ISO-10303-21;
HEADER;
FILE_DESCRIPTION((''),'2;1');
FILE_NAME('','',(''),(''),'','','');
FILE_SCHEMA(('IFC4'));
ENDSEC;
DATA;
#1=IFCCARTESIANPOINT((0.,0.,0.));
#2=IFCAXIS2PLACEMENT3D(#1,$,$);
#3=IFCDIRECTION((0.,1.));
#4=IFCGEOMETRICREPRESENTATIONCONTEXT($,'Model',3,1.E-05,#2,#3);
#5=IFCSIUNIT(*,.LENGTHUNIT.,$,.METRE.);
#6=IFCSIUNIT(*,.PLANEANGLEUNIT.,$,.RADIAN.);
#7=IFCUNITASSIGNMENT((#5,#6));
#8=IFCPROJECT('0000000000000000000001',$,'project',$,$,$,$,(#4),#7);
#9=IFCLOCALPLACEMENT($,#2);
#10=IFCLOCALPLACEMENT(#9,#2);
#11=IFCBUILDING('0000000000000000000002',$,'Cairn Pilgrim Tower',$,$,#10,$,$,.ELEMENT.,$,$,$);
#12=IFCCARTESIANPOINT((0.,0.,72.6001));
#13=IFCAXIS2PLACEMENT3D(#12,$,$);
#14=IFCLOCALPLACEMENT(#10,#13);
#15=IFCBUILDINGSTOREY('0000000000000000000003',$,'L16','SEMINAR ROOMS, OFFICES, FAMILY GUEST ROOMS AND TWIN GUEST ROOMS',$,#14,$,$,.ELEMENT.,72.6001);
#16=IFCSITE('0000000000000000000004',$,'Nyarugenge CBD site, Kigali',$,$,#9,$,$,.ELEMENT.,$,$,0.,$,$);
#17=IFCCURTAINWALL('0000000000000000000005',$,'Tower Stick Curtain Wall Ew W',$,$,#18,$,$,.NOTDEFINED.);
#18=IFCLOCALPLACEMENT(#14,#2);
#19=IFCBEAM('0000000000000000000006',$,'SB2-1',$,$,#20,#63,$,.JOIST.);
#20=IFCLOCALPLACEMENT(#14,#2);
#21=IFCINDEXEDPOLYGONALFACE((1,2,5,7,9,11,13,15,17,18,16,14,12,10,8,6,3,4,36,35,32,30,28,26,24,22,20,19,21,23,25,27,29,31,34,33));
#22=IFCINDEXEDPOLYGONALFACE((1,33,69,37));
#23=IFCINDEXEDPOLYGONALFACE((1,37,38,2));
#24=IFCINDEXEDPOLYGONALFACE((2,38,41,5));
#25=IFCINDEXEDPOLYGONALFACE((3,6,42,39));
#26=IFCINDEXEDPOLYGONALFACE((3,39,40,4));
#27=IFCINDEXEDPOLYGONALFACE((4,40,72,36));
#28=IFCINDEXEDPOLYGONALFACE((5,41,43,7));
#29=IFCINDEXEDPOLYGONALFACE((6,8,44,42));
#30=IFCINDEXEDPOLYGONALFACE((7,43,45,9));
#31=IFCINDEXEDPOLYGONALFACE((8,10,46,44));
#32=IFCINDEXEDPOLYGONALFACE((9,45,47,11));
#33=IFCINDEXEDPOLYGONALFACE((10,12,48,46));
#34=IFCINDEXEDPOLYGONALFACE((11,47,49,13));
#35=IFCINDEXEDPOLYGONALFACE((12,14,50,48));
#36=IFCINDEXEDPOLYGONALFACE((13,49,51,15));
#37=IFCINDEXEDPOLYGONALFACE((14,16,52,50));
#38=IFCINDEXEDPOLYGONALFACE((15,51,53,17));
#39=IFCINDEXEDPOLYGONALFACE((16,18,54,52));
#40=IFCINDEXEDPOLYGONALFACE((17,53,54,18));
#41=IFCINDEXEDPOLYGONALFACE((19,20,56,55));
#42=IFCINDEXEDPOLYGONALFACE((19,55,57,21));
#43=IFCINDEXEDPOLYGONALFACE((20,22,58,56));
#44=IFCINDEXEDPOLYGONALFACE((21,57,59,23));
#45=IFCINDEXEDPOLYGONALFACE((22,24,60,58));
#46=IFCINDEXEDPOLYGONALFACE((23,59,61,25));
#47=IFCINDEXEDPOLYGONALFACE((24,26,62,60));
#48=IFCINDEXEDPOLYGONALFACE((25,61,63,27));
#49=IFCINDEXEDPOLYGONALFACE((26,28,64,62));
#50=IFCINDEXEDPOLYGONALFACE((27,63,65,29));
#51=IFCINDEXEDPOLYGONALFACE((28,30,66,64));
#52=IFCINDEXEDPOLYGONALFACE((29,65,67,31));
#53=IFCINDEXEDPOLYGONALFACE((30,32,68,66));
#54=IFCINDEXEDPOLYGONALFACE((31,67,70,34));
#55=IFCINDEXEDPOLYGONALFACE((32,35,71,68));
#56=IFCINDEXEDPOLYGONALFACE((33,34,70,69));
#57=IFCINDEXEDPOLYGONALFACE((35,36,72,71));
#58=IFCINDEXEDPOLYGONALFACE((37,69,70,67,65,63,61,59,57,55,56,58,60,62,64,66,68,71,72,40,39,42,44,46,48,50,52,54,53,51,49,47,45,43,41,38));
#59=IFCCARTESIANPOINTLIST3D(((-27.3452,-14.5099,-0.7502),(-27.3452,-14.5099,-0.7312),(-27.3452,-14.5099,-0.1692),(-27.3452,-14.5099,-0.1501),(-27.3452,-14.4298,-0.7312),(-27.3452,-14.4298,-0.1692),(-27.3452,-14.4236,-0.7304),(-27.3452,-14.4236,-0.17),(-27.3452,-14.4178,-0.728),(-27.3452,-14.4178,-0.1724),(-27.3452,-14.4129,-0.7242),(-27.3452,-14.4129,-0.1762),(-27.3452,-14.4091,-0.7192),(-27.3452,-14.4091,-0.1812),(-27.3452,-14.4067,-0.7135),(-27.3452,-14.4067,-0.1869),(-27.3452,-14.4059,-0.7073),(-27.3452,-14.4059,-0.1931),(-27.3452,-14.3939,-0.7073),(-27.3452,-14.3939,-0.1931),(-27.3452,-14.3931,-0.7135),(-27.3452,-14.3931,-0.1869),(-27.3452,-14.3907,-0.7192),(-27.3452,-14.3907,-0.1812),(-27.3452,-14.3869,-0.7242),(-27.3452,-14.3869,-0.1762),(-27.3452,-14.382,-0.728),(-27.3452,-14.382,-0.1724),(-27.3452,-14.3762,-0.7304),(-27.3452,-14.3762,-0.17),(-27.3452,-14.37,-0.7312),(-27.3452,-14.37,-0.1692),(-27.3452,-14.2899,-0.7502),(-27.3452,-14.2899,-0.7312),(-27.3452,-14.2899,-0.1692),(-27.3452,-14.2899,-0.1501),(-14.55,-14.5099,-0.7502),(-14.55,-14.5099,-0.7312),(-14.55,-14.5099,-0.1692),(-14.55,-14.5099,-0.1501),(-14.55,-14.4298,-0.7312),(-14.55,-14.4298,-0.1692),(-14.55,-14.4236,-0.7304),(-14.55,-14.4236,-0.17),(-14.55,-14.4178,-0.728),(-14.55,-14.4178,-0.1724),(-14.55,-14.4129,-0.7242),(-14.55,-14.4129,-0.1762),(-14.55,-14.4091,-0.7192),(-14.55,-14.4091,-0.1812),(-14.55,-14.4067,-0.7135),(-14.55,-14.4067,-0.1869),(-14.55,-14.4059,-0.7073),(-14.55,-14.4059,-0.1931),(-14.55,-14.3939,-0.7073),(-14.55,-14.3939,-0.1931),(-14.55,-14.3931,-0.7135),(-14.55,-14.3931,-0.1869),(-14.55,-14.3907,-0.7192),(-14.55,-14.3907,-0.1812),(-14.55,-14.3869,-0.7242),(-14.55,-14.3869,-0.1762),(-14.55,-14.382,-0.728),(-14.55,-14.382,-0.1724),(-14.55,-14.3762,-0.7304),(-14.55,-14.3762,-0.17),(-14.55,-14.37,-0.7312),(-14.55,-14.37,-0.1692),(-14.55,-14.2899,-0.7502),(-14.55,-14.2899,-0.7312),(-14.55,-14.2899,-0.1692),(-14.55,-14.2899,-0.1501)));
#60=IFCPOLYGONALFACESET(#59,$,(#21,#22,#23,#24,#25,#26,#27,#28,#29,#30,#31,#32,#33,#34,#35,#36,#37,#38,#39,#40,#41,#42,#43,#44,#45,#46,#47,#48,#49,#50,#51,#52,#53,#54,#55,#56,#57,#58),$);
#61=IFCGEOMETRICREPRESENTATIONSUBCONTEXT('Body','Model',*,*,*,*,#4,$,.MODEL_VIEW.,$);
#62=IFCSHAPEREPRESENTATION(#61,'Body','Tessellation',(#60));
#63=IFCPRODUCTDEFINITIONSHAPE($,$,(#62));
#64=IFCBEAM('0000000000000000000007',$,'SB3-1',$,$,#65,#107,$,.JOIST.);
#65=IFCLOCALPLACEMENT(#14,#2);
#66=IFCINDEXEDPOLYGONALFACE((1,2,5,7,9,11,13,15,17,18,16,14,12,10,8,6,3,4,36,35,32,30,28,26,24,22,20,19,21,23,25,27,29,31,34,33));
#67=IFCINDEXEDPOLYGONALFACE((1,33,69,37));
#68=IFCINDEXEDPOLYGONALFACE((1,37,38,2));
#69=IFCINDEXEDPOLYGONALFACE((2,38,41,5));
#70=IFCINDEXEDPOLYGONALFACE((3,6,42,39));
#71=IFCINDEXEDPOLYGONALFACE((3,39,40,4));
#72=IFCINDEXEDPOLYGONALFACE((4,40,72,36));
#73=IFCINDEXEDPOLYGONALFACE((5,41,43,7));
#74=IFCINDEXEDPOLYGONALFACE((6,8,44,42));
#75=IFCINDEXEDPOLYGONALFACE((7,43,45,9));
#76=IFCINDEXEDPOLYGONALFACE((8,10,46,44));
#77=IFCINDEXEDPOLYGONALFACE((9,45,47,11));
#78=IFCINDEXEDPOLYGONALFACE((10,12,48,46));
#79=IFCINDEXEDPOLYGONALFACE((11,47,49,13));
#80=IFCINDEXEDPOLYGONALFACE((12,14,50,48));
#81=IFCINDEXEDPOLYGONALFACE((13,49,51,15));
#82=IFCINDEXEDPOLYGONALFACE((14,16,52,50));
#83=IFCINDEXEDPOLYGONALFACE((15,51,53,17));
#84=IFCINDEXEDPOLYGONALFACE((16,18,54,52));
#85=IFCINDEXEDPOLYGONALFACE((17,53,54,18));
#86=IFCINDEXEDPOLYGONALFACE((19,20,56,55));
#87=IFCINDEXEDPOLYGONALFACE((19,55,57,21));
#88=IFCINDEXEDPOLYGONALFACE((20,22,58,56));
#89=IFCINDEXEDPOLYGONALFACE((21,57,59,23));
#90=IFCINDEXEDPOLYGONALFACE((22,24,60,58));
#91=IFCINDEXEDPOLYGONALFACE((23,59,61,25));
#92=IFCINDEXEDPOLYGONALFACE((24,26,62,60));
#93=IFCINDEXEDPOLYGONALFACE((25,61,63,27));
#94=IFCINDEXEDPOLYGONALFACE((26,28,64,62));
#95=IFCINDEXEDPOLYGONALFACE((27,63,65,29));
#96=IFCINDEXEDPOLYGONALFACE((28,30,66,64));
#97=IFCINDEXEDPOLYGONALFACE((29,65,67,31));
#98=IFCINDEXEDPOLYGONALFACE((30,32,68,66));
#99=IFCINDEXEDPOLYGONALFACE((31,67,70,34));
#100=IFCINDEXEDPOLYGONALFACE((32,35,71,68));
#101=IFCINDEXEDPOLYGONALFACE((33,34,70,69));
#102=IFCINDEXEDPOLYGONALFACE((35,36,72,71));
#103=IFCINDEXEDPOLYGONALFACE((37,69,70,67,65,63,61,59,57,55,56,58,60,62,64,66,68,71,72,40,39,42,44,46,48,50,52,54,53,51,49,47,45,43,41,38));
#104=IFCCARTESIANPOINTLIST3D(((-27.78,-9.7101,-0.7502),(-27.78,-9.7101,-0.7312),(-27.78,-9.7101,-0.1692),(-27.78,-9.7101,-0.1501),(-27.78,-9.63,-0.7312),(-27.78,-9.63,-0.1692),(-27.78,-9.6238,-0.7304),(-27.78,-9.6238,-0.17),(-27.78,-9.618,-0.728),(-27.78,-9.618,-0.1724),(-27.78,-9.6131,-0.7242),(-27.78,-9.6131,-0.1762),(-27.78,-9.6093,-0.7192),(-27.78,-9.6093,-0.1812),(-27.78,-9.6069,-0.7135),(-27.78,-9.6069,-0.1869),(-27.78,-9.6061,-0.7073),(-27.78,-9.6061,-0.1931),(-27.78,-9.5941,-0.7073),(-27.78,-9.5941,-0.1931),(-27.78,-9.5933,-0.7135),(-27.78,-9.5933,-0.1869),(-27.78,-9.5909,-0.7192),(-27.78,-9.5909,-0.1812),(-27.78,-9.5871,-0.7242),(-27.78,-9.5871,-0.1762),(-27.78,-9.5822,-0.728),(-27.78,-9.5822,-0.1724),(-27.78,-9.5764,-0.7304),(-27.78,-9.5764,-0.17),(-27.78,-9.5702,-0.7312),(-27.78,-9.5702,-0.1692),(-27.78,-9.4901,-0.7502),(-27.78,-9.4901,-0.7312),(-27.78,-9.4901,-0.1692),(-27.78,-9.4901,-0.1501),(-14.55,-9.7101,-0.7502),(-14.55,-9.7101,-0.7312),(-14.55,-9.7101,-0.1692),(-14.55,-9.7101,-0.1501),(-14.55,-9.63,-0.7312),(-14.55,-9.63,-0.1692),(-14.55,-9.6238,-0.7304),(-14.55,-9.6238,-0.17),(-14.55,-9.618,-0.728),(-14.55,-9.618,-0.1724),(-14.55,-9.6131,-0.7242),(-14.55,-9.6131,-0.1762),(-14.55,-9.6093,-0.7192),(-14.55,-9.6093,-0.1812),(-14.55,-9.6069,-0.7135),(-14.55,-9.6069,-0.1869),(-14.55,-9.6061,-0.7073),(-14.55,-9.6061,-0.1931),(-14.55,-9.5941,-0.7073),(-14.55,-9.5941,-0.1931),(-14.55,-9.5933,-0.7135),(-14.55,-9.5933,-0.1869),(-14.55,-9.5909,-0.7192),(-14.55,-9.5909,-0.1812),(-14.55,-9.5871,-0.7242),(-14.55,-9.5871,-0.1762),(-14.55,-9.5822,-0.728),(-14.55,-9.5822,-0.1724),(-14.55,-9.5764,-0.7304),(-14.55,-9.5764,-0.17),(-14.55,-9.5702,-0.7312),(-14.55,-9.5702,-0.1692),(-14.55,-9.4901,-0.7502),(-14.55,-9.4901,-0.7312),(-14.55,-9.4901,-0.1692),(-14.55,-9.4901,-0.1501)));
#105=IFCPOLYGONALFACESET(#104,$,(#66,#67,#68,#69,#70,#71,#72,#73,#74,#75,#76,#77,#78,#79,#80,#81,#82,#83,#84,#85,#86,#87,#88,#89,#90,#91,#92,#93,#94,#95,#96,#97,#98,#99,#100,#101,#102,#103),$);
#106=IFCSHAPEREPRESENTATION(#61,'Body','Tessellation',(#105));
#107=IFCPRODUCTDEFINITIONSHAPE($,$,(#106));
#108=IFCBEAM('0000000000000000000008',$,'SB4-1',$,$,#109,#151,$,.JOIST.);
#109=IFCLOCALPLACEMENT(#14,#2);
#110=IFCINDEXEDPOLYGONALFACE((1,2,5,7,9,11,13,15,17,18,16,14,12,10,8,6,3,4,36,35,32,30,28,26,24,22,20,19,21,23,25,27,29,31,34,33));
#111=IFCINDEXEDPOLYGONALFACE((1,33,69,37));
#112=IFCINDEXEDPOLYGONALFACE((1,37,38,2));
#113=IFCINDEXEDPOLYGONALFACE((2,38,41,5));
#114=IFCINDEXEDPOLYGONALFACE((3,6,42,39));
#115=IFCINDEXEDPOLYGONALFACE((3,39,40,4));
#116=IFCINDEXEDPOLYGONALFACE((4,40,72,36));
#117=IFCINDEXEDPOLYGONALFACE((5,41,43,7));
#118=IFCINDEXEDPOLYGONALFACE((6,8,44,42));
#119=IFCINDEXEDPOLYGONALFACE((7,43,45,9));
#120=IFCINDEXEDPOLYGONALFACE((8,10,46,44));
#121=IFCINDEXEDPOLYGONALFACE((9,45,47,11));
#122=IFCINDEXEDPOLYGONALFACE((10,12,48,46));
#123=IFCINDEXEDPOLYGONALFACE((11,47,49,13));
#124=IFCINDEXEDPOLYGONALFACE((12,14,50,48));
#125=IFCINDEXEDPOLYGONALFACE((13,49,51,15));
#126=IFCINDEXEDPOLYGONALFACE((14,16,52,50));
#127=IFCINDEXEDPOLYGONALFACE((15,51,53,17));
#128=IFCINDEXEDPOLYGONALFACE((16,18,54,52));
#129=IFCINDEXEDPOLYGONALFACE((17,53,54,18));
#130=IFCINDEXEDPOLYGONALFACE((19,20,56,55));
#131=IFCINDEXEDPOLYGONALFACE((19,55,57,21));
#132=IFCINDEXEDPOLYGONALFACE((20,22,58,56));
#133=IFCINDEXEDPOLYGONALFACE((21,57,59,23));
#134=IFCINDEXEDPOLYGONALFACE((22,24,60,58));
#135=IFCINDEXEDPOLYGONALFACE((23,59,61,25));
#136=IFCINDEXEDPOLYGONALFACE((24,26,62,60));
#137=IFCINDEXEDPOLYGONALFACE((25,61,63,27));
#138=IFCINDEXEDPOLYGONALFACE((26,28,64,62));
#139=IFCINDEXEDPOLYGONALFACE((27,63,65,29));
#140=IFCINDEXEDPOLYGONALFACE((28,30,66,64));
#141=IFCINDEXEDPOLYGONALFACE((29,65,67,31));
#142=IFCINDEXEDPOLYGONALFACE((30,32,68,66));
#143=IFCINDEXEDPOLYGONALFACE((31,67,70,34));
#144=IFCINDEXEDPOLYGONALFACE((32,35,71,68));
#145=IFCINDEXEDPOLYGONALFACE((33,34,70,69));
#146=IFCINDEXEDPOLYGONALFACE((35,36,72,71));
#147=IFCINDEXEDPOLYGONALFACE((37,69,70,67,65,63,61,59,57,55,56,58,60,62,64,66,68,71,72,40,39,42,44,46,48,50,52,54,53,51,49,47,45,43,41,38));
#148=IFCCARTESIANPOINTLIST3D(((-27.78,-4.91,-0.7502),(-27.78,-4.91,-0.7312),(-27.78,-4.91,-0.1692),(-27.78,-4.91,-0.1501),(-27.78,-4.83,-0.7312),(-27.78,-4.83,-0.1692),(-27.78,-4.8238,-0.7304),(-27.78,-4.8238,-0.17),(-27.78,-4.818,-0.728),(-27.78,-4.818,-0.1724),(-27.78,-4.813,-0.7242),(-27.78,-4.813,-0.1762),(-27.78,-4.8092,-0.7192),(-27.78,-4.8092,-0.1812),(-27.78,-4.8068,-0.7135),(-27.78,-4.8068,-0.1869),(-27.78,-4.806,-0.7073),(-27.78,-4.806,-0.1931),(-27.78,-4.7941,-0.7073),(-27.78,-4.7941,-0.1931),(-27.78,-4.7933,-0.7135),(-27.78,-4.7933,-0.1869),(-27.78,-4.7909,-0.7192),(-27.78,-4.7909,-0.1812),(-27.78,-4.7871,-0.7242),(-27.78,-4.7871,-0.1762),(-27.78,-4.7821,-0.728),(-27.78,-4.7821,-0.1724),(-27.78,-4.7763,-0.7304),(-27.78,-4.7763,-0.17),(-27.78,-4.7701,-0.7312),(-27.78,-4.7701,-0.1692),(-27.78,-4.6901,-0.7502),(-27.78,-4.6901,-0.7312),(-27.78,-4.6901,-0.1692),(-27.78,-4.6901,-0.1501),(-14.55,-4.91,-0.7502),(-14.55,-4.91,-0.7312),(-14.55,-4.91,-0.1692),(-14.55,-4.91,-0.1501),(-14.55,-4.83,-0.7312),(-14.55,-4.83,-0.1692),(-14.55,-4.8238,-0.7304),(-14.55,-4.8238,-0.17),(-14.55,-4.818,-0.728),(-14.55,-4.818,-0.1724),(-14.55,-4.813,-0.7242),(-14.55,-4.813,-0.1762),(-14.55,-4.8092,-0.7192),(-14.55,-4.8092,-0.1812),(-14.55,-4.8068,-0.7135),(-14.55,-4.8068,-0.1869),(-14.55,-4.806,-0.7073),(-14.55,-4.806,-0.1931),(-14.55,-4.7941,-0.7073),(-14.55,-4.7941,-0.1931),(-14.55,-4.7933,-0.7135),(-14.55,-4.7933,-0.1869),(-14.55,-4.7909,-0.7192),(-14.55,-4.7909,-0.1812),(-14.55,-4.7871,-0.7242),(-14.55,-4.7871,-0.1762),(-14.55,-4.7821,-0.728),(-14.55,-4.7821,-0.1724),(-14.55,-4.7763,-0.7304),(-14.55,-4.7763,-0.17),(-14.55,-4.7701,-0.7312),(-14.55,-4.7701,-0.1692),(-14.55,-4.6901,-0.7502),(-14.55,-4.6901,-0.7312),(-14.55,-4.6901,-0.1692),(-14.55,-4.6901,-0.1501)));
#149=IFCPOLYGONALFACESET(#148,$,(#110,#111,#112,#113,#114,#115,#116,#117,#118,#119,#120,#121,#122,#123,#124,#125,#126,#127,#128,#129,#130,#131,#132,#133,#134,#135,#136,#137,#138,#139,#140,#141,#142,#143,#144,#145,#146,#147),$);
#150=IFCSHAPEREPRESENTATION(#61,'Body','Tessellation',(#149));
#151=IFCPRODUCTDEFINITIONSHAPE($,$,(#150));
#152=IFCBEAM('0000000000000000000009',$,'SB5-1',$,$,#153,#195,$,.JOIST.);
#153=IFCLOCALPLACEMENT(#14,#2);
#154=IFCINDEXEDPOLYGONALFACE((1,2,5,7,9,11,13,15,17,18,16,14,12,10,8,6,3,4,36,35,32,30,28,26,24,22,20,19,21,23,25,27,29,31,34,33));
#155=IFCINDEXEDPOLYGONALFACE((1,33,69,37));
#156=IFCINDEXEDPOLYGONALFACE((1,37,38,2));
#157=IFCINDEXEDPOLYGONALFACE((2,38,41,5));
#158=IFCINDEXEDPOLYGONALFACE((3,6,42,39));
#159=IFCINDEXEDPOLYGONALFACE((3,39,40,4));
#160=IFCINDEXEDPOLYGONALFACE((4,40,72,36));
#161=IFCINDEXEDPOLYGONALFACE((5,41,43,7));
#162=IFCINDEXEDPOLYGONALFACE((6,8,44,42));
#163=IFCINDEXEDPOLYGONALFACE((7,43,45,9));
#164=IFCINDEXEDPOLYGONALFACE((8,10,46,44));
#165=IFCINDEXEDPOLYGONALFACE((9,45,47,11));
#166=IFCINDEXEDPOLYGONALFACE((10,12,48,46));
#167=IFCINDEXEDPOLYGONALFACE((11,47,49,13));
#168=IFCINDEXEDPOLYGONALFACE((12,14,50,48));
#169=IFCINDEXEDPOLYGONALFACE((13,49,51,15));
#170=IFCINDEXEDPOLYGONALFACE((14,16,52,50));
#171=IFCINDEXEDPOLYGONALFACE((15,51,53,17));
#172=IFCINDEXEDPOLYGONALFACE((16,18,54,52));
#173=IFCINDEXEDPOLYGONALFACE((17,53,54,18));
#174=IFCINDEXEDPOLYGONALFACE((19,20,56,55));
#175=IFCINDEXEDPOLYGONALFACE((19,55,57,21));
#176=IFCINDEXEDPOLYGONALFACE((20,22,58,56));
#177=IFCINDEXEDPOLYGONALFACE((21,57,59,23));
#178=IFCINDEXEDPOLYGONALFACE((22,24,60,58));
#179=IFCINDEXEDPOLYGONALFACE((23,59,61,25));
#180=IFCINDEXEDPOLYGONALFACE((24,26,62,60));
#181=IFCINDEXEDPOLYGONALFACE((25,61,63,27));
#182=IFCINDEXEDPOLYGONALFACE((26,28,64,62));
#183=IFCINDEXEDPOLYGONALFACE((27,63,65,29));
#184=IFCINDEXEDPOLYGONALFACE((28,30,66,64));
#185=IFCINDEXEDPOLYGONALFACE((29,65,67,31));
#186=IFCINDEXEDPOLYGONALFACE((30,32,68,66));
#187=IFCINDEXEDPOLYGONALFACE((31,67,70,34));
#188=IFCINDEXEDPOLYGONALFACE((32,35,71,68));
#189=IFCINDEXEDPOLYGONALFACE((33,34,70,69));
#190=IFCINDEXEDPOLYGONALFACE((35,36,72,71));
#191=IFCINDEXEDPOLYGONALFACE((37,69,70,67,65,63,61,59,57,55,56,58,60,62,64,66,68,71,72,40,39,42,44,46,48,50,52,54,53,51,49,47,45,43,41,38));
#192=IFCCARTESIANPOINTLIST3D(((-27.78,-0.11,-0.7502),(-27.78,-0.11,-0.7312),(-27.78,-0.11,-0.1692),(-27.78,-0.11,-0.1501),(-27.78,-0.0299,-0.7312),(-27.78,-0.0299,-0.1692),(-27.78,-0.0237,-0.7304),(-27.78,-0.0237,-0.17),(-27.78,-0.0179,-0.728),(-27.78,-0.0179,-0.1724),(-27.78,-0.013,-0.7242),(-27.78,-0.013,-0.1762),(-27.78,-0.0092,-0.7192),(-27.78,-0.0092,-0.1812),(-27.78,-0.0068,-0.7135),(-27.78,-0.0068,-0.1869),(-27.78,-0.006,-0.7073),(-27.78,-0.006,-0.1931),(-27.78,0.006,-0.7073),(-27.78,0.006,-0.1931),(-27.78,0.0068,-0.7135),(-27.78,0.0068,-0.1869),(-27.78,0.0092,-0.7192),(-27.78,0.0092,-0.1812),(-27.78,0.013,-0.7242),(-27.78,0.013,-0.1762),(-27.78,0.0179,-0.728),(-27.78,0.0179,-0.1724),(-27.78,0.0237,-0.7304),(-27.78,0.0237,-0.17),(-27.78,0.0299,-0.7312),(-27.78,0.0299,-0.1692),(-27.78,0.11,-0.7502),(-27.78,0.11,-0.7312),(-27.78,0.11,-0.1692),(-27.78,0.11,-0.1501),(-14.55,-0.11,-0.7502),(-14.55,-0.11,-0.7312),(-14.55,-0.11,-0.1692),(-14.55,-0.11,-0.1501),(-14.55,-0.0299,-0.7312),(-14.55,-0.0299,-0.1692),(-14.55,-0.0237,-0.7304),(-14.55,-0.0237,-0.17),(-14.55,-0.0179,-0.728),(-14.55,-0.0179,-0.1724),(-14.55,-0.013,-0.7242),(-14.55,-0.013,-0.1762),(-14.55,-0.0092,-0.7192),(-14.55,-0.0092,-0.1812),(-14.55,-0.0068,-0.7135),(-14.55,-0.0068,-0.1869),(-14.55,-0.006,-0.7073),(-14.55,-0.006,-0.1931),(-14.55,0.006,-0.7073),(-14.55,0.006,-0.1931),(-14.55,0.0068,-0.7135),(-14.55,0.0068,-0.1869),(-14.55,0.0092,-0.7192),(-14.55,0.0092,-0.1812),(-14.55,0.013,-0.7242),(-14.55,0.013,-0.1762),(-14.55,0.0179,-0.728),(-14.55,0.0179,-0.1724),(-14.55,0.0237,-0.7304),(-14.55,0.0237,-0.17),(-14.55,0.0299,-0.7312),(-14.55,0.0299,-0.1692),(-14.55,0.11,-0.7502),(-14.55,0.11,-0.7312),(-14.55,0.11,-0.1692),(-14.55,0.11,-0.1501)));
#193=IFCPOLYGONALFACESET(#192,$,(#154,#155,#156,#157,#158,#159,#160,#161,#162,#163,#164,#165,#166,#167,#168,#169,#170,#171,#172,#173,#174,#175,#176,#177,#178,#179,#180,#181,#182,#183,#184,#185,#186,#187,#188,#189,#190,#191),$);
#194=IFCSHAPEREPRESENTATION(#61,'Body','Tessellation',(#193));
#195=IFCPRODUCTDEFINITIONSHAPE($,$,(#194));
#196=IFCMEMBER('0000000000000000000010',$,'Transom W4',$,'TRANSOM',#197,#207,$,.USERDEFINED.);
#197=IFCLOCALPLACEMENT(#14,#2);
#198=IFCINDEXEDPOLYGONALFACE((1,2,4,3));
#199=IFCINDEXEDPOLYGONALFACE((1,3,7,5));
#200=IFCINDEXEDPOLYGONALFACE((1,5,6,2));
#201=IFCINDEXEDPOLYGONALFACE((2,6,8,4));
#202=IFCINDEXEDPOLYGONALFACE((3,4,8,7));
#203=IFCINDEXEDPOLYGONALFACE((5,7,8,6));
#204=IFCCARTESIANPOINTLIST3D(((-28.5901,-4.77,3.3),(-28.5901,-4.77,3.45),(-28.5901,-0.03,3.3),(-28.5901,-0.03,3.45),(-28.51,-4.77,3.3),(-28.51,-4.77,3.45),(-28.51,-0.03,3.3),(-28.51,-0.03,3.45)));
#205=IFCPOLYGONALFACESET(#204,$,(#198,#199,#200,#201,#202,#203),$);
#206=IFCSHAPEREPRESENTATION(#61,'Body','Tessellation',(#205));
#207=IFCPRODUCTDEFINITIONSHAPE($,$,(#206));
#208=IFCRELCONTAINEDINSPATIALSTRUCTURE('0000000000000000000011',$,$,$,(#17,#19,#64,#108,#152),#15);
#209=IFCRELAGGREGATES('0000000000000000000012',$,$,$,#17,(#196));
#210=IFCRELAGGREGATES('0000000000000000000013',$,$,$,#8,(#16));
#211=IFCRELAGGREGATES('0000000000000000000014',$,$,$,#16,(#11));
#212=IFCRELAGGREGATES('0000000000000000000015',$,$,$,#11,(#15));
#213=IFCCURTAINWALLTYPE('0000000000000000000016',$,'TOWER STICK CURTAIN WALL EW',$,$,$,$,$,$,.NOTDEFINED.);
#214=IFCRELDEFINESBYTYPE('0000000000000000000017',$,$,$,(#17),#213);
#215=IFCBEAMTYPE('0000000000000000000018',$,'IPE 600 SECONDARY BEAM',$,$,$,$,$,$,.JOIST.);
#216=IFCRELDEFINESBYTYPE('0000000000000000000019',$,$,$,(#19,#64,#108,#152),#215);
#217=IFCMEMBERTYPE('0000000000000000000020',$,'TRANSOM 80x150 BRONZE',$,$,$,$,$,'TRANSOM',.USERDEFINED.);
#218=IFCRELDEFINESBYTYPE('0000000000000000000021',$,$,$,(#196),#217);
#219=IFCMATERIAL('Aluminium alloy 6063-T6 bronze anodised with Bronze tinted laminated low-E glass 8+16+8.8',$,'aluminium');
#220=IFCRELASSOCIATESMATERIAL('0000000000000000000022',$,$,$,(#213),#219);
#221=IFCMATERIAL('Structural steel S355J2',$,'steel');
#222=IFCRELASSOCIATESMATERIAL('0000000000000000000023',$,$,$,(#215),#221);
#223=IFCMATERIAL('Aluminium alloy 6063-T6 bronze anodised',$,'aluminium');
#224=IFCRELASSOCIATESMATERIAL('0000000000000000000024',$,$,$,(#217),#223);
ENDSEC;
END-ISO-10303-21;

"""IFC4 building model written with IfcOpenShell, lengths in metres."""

from ifc_helpers import new_model, si_unit, direction, frame, origin, origin_2d, place, context, subcontext, project, spatial, rectangle, i_section, extrude, material, material_profile, profile_set, type_object, element, aggregate, save


model = new_model("IFC4")

# Units and contexts
model_context = context("Model", 3, precision=1e-05, world=origin(), true_north=direction((0.0, 1.0)))
body_context = subcontext(model_context, "Body", "Model", "MODEL_VIEW")
ifc_project = project(units=[si_unit("LENGTHUNIT", "METRE"), si_unit("PLANEANGLEUNIT", "RADIAN")], contexts=[model_context])

# Site, building, storey
site_placement = place(None, origin())
site = spatial("IfcSite", under=ifc_project, at=site_placement, Name="Nyarugenge CBD site, Kigali", CompositionType="ELEMENT", RefElevation=0.0)
building_placement = place(site_placement, origin())
building = spatial("IfcBuilding", under=site, at=building_placement, Name="Cairn Pilgrim Tower", CompositionType="ELEMENT")
storey_placement = place(building_placement, frame((0.0, 0.0, 72.6001)))
storey = spatial("IfcBuildingStorey", under=building, at=storey_placement, Name="L16", Description="SEMINAR ROOMS, OFFICES, FAMILY GUEST ROOMS AND TWIN GUEST ROOMS", CompositionType="ELEMENT", Elevation=72.6001)

# Curtain wall
ifc_material_1 = material(Name="Aluminium alloy 6063-T6 bronze anodised with Bronze tinted laminated low-E glass 8+16+8.8", Category="aluminium")
curtain_wall_type_1 = type_object("IfcCurtainWallType", Name="TOWER STICK CURTAIN WALL EW", PredefinedType="NOTDEFINED", material=ifc_material_1)
curtain_wall_1_placement = place(storey_placement, origin())
curtain_wall_1 = element("IfcCurtainWall", 1, at=curtain_wall_1_placement, inside=storey, type_object=curtain_wall_type_1, Name="Tower Stick Curtain Wall Ew W", PredefinedType="NOTDEFINED")
ifc_material_2 = material(Name="Aluminium alloy 6063-T6 bronze anodised", Category="aluminium")

# Beams
ifc_material_3 = material(Name="Structural steel S355J2", Category="steel")
ifc_material_profile_1 = material_profile(ifc_material_3, i_section(OverallWidth=0.22, OverallDepth=0.6001, WebThickness=0.012, FlangeThickness=0.019, FilletRadius=0.0239, at=origin_2d()), Name="IPE 600")
ifc_profile_set_1 = profile_set([ifc_material_profile_1], Name="Structural steel S355J2")
beam_type_1 = type_object("IfcBeamType", Name="IPE 600 SECONDARY BEAM", PredefinedType="JOIST", material=ifc_profile_set_1)
beam_1_placement = place(storey_placement, frame((-27.3452, -14.3999, -0.4502), z_axis=(1.0, 0.0, 0.0), x_axis=(0.0, 1.0, 0.0)))
element("IfcBeam", 2, at=beam_1_placement, inside=storey, type_object=beam_type_1, Name="SB2-1", PredefinedType="JOIST", context=body_context, shape_type="SweptSolid", body=[
    extrude(i_section(OverallWidth=0.22, OverallDepth=0.6001, WebThickness=0.012, FlangeThickness=0.019, FilletRadius=0.0239, at=origin_2d()), origin(), (0.0, 0.0, 1.0), 12.7952),
])
for number, where, z_axis, x_axis, name in (
    (3, (-27.78, -9.6001, -0.4502), (1.0, 0.0, 0.0), (0.0, 1.0, 0.0), "SB3-1"),
    (4, (-27.78, -4.8, -0.4502), (1.0, 0.0, 0.0), (0.0, 1.0, 0.0), "SB4-1"),
    (5, (-27.78, 0.0, -0.4502), (1.0, 0.0, 0.0), (0.0, 1.0, 0.0), "SB5-1"),
):
    element("IfcBeam", number, at=place(storey_placement, frame(where, z_axis=z_axis, x_axis=x_axis)), inside=storey, type_object=beam_type_1, Name=name, PredefinedType="JOIST", context=body_context, shape_type="SweptSolid", body=[
        extrude(i_section(OverallWidth=0.22, OverallDepth=0.6001, WebThickness=0.012, FlangeThickness=0.019, FilletRadius=0.0239, at=origin_2d()), origin(), (0.0, 0.0, 1.0), 13.23),
    ])

# Member
ifc_material_profile_2 = material_profile(ifc_material_2, rectangle(XDim=0.0801, YDim=0.1499, at=origin_2d()), Name="TRANSOM 80x150 BRONZE")
ifc_profile_set_2 = profile_set([ifc_material_profile_2], Name="Aluminium alloy 6063-T6 bronze anodised")
member_type_1 = type_object("IfcMemberType", Name="TRANSOM 80x150 BRONZE", ElementType="TRANSOM", PredefinedType="USERDEFINED", material=ifc_profile_set_2)
member_1_placement = place(storey_placement, frame((-28.55, -0.03, 3.375), z_axis=(0.0, -1.0, 0.0), x_axis=(1.0, 0.0, 0.0)))
member_1 = element("IfcMember", 6, at=member_1_placement, type_object=member_type_1, Name="Transom W4", ObjectType="TRANSOM", PredefinedType="USERDEFINED", context=body_context, shape_type="SweptSolid", body=[
    extrude(rectangle(XDim=0.0801, YDim=0.1499, at=origin_2d()), origin(), (0.0, 0.0, 1.0), 4.74),
])

aggregate(curtain_wall_1, [member_1])

save(model, "model.ifc")
